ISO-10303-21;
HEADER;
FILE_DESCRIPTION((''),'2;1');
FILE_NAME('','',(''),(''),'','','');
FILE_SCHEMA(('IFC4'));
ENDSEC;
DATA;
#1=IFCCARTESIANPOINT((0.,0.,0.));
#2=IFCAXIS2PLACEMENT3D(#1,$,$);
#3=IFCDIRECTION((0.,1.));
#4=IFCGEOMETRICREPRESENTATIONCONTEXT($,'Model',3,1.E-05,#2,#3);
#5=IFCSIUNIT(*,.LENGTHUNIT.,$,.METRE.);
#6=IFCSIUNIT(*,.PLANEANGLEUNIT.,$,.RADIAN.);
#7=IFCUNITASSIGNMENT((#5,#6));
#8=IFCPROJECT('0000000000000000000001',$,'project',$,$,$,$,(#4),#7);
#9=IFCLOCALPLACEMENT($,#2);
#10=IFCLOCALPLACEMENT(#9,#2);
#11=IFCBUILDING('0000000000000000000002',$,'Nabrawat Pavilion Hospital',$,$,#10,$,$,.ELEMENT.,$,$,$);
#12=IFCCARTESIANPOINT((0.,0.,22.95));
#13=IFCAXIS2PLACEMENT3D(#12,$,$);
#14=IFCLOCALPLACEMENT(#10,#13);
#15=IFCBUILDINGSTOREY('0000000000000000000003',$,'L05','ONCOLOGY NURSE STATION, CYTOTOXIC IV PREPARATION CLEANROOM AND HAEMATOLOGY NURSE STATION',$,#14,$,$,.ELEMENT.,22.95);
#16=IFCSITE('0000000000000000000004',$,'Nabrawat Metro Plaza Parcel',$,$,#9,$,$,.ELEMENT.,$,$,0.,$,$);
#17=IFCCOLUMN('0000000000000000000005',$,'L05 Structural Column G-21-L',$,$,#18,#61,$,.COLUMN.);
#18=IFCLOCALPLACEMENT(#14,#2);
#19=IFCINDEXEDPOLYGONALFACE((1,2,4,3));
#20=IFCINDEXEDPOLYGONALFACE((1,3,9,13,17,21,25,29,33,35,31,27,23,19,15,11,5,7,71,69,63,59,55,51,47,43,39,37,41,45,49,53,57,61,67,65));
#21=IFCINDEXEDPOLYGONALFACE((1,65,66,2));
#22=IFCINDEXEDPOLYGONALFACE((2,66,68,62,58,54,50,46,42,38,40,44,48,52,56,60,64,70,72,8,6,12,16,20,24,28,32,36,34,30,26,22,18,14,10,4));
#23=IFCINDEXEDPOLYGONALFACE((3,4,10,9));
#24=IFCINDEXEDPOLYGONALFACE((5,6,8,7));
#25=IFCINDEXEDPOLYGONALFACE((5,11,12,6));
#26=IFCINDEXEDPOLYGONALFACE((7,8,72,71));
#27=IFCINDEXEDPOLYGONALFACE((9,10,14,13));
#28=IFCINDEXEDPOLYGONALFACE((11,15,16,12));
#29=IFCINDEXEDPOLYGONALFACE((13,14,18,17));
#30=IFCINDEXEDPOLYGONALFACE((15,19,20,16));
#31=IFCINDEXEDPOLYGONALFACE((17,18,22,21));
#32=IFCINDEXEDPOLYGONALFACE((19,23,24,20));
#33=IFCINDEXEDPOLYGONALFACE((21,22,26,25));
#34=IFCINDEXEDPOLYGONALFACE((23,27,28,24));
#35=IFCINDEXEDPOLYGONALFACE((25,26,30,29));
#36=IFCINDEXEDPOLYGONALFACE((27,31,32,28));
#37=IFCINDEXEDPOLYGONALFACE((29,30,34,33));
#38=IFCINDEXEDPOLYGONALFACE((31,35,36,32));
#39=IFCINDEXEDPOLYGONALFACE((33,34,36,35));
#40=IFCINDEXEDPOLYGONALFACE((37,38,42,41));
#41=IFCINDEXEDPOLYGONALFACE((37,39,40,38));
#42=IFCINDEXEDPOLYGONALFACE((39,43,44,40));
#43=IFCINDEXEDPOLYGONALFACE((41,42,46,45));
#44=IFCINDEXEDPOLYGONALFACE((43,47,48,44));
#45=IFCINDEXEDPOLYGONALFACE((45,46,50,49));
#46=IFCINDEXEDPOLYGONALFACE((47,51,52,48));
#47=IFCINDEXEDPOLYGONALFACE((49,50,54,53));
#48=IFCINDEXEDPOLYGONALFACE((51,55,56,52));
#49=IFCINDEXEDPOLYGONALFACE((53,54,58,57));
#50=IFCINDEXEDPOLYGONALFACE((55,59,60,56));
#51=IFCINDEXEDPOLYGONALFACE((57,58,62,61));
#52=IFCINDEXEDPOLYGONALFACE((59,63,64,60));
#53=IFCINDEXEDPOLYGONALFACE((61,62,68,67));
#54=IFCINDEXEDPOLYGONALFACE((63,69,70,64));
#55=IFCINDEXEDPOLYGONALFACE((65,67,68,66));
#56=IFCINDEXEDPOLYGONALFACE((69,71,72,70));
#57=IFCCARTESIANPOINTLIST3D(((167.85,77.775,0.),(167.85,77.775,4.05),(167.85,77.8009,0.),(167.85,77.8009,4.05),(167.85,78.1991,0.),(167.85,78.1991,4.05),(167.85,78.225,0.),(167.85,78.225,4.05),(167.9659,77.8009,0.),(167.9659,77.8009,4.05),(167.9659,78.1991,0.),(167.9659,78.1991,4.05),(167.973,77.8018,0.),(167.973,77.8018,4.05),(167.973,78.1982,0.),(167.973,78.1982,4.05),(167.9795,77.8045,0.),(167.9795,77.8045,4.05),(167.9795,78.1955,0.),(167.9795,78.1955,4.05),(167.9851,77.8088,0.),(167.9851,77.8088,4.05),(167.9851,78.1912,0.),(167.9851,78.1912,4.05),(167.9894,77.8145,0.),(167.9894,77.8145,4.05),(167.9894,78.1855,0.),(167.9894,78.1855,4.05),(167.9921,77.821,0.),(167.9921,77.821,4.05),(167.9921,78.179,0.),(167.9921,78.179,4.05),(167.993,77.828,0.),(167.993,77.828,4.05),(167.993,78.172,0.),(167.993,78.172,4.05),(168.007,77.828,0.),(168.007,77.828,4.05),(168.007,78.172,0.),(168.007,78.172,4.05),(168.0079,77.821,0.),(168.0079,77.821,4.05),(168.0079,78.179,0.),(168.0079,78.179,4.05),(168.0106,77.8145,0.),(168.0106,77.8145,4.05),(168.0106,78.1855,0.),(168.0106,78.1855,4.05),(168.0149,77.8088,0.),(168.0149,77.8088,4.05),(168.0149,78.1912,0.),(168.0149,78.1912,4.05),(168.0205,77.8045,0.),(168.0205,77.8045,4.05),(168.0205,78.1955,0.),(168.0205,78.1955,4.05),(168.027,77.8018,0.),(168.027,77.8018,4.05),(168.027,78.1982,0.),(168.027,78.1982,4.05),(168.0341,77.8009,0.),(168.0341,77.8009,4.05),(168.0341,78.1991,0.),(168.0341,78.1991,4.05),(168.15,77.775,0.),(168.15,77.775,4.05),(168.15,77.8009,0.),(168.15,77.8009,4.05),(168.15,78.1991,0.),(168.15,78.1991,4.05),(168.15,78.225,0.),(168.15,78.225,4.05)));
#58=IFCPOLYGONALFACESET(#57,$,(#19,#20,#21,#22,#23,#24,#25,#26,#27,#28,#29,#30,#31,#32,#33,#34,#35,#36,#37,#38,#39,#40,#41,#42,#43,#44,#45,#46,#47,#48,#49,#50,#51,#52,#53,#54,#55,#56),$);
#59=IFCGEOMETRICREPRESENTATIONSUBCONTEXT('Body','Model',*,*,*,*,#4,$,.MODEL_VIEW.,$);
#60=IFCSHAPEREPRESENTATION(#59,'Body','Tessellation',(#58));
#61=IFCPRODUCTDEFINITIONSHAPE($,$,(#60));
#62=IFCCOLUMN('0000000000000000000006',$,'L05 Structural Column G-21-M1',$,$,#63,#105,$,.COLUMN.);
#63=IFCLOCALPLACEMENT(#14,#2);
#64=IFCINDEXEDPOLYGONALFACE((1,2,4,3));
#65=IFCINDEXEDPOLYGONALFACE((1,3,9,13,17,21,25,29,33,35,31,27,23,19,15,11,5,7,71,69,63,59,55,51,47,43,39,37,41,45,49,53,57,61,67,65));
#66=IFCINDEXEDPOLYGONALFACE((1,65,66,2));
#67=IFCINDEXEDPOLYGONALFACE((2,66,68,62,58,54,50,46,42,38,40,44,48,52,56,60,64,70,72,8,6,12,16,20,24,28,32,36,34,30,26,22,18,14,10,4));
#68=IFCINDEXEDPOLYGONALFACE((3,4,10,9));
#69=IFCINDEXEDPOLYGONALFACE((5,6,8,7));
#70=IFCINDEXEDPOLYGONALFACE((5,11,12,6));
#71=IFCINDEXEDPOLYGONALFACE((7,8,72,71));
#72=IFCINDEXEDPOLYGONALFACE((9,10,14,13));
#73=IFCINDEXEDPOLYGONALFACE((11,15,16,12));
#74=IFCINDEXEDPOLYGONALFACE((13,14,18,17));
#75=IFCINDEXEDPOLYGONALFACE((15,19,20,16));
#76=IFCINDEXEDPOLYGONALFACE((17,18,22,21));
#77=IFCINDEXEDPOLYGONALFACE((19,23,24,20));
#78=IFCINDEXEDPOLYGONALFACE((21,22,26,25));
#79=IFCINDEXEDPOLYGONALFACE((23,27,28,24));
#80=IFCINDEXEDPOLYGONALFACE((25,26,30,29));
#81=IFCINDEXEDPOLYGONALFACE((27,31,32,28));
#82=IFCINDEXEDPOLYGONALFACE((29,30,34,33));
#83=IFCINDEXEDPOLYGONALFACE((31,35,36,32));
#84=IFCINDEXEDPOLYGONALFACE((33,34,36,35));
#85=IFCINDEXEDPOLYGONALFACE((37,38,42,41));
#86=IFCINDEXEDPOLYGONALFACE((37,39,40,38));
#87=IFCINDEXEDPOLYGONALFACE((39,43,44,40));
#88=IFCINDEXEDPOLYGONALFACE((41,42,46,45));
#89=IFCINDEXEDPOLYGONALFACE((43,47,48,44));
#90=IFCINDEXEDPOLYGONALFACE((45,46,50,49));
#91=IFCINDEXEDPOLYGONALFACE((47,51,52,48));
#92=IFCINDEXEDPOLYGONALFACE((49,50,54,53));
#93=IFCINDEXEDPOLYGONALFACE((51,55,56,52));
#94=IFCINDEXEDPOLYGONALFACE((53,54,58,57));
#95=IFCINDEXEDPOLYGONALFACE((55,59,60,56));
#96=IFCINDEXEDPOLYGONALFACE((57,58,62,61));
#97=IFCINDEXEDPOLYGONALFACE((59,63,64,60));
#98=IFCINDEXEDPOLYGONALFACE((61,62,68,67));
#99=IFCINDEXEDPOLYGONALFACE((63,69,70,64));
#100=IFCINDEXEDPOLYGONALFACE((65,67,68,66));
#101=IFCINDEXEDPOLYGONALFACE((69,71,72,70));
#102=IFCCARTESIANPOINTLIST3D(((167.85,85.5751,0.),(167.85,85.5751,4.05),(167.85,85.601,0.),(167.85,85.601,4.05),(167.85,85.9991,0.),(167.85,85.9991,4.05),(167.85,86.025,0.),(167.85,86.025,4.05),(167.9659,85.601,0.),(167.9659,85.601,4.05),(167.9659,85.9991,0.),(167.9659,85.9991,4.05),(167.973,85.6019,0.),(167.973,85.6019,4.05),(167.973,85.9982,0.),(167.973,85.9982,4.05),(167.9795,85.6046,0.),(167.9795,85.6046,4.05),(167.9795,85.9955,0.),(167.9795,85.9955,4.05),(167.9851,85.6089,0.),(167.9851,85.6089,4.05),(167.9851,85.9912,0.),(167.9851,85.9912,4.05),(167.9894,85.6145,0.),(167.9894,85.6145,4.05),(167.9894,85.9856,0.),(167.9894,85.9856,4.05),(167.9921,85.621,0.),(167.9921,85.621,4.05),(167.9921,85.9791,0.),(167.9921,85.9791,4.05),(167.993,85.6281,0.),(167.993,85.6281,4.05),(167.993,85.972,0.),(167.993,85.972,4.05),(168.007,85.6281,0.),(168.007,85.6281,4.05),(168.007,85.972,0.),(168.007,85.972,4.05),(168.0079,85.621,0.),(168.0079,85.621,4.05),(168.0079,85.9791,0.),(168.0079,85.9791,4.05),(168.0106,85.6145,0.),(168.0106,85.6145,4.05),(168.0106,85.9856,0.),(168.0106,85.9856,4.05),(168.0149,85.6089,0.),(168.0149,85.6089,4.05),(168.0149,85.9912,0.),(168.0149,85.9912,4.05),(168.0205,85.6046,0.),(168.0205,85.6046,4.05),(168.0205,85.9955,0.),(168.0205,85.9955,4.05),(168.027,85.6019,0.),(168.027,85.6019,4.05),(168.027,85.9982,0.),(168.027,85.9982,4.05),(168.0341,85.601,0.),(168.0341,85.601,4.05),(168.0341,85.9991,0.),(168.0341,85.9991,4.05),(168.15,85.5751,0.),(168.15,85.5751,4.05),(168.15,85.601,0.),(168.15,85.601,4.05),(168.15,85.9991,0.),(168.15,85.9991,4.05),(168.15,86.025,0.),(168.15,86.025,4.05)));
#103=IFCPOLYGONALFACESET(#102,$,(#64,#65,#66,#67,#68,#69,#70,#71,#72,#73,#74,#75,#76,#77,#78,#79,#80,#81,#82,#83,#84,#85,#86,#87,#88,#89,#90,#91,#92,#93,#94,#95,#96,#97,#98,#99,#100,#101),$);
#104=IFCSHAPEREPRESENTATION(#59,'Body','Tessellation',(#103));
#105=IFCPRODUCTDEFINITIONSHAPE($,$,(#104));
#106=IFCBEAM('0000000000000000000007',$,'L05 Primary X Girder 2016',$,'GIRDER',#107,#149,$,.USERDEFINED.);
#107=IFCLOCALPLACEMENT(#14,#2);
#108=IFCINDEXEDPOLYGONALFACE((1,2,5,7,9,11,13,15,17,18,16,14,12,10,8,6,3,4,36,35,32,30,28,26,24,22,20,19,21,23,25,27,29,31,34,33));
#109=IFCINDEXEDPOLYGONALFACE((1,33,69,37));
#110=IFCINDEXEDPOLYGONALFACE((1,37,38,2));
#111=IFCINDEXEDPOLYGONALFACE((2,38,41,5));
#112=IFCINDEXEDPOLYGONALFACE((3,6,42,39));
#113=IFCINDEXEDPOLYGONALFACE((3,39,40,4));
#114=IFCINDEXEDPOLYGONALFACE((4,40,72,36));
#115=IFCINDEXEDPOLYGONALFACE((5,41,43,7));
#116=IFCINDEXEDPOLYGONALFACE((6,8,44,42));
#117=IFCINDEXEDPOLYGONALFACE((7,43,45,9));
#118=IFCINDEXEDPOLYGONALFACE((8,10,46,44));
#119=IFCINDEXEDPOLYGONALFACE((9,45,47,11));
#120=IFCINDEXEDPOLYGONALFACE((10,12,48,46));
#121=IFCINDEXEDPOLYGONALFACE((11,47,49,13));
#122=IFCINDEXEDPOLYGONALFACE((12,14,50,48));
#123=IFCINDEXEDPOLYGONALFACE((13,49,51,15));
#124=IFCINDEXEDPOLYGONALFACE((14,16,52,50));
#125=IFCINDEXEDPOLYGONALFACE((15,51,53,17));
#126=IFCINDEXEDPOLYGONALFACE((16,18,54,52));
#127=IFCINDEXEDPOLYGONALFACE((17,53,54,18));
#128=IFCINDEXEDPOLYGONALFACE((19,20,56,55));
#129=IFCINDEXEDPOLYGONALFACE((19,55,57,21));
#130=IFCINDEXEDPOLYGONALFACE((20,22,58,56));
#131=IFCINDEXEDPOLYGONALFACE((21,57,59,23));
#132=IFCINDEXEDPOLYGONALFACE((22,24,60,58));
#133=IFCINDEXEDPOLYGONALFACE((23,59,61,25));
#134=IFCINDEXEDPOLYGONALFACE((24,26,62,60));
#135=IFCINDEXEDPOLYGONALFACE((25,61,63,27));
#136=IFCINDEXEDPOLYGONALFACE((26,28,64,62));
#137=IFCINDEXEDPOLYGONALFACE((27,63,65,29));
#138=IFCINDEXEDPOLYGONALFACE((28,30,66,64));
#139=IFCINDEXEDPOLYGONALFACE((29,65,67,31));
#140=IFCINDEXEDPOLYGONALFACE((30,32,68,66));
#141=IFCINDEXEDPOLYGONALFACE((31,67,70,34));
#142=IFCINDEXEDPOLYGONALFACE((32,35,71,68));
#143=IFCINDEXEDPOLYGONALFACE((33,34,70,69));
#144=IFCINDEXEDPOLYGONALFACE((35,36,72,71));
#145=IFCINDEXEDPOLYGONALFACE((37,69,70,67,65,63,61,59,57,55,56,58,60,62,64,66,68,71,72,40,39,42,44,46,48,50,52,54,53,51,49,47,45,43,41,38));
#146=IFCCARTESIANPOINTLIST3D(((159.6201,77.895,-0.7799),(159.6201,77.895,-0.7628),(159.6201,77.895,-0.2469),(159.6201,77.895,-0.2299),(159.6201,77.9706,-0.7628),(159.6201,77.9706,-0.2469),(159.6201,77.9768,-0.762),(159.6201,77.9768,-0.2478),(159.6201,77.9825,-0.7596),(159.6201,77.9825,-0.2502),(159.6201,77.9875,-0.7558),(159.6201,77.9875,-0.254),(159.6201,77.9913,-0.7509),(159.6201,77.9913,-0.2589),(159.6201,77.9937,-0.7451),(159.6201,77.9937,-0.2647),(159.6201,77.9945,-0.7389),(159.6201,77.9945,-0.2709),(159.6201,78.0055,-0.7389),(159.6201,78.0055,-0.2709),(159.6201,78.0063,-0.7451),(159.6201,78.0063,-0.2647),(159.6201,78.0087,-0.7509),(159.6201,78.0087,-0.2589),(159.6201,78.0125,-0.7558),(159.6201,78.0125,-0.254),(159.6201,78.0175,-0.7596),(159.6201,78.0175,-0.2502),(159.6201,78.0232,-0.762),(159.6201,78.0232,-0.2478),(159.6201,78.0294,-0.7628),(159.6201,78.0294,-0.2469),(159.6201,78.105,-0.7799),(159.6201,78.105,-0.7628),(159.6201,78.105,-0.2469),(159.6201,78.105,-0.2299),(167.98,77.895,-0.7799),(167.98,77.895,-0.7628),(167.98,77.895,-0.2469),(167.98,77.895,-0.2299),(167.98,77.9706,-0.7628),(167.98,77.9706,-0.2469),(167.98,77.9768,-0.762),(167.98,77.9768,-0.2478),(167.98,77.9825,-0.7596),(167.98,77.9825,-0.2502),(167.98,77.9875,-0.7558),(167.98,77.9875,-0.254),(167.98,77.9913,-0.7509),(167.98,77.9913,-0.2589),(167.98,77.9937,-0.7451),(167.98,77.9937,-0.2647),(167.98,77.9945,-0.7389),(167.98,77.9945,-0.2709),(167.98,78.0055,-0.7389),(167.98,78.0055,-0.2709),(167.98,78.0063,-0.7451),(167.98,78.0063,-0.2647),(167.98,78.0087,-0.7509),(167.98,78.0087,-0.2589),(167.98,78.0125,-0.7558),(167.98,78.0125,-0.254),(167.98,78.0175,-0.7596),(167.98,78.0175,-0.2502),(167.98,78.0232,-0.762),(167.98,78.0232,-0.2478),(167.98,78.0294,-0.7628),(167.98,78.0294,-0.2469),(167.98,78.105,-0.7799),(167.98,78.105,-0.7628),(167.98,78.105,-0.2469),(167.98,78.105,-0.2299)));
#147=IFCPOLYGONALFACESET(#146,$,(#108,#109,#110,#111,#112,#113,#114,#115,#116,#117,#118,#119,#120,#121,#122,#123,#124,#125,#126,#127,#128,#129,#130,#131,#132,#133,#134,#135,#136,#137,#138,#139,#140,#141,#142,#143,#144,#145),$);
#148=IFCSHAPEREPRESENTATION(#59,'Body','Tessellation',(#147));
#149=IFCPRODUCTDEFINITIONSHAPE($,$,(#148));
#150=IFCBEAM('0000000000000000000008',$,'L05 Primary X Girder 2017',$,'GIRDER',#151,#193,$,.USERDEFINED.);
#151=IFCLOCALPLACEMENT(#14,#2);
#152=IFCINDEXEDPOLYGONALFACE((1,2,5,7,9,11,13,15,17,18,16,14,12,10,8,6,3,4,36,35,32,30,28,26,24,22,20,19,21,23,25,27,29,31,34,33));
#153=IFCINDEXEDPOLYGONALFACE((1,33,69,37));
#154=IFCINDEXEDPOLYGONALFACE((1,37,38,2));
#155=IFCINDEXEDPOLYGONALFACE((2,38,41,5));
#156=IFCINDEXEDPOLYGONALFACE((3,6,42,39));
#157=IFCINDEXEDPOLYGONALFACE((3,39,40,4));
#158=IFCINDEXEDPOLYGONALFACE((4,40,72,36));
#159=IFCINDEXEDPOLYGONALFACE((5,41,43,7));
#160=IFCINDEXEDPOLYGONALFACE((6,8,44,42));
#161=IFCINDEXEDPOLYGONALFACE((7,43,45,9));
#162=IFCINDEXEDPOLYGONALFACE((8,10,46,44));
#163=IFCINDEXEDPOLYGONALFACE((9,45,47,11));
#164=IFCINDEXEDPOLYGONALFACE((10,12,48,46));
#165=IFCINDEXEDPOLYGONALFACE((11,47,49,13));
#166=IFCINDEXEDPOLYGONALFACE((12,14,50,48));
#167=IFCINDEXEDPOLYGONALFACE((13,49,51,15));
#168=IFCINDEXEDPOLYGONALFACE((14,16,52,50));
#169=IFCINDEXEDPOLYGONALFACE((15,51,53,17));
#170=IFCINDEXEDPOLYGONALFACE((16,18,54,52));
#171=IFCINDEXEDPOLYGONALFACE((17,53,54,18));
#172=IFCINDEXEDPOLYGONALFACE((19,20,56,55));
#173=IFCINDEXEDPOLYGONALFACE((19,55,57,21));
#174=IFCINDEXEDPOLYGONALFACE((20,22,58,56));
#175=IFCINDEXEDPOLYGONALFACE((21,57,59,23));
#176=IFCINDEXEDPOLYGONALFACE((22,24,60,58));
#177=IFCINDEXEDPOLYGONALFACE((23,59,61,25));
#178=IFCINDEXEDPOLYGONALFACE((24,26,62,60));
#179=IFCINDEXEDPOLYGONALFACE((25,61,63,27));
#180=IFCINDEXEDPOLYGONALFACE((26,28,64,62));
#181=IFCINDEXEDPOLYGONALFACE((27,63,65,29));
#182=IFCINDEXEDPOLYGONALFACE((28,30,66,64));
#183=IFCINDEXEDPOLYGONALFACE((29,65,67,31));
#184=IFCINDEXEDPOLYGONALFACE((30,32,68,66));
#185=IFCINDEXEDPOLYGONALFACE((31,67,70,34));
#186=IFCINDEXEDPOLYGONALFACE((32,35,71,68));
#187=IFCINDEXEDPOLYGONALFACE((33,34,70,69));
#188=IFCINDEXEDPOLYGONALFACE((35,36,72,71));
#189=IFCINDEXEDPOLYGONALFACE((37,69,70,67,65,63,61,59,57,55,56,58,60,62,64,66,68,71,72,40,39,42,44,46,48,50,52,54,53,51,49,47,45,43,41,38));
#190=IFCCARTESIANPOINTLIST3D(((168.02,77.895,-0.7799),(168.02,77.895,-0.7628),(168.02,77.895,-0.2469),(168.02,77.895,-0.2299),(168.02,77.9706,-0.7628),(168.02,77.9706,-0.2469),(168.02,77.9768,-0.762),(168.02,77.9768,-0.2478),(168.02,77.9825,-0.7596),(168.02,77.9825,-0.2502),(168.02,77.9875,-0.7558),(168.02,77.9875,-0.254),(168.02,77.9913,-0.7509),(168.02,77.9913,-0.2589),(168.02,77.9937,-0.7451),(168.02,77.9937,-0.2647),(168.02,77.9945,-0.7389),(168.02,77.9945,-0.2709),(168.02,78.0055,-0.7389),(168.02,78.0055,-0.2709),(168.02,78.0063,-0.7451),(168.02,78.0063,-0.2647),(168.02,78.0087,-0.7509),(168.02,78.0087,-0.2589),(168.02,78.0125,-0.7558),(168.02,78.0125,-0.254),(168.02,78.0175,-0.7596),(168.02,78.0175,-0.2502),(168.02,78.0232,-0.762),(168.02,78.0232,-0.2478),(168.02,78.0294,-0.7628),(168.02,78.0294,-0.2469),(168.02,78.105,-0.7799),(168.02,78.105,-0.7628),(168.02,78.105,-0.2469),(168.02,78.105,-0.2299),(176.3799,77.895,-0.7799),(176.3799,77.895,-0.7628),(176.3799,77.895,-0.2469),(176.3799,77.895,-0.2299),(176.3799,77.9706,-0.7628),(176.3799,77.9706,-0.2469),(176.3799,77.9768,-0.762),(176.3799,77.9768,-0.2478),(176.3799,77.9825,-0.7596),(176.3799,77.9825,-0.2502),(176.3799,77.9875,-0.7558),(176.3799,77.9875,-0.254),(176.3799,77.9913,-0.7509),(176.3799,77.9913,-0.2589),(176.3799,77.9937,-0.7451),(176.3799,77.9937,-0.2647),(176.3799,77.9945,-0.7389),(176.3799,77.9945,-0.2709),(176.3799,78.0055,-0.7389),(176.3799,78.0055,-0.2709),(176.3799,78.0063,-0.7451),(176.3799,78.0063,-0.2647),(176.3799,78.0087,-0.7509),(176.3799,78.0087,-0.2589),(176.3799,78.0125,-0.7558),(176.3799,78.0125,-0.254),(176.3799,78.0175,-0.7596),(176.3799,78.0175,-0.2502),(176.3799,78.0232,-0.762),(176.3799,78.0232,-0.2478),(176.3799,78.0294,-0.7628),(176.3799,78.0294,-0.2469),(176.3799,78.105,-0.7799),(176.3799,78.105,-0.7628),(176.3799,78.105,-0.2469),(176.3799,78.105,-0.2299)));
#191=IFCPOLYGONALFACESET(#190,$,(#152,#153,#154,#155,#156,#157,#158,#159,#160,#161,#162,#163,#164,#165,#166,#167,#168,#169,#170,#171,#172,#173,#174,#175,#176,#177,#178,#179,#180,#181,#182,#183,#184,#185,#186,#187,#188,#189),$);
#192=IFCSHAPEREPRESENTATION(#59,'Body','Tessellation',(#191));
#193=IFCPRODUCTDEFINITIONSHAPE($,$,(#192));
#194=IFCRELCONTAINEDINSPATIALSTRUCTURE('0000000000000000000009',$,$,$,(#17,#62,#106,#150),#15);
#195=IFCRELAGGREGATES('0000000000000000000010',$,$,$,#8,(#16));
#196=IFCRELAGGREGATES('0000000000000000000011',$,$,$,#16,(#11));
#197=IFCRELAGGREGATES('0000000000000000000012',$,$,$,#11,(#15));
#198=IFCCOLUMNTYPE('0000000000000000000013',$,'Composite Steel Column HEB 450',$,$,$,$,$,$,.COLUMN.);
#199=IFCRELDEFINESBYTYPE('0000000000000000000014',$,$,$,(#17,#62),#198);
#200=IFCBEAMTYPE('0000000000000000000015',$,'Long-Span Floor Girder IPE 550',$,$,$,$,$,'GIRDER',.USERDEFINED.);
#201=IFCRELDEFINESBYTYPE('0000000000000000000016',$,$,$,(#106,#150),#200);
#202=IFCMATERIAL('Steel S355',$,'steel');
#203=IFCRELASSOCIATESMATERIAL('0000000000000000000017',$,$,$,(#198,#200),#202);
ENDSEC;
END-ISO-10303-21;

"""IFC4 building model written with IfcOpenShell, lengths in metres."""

from ifc_helpers import new_model, si_unit, direction, frame, origin, origin_2d, place, context, subcontext, project, spatial, i_section, extrude, material, material_profile, profile_set, type_object, element, save


model = new_model("IFC4")

# Units and contexts
model_context = context("Model", 3, precision=1e-05, world=origin(), true_north=direction((0.0, 1.0)))
body_context = subcontext(model_context, "Body", "Model", "MODEL_VIEW")
ifc_project = project(units=[si_unit("LENGTHUNIT", "METRE"), si_unit("PLANEANGLEUNIT", "RADIAN")], contexts=[model_context])

# Site, building, storey
site_placement = place(None, origin())
site = spatial("IfcSite", under=ifc_project, at=site_placement, Name="Nabrawat Metro Plaza Parcel", CompositionType="ELEMENT", RefElevation=0.0)
building_placement = place(site_placement, origin())
building = spatial("IfcBuilding", under=site, at=building_placement, Name="Nabrawat Pavilion Hospital", CompositionType="ELEMENT")
storey_placement = place(building_placement, frame((0.0, 0.0, 22.95)))
storey = spatial("IfcBuildingStorey", under=building, at=storey_placement, Name="L05", Description="ONCOLOGY NURSE STATION, CYTOTOXIC IV PREPARATION CLEANROOM AND HAEMATOLOGY NURSE STATION", CompositionType="ELEMENT", Elevation=22.95)

# Columns
ifc_material_1 = material(Name="Steel S355", Category="steel")
ifc_material_profile_1 = material_profile(ifc_material_1, i_section(OverallWidth=0.3, OverallDepth=0.45, WebThickness=0.0139, FlangeThickness=0.0259, FilletRadius=0.0271, at=origin_2d()), Name="HEB 450")
ifc_profile_set_1 = profile_set([ifc_material_profile_1], Name="Steel S355")
column_type = type_object("IfcColumnType", Name="Composite Steel Column HEB 450", PredefinedType="COLUMN", material=ifc_profile_set_1)
for number, where, z_axis, x_axis, name in (
    (1, (168.0, 78.0, 0.0), (0.0, 0.0, 1.0), (1.0, 0.0, 0.0), "L05 Structural Column G-21-L"),
    (2, (168.0, 85.8, 0.0), (0.0, 0.0, 1.0), (1.0, 0.0, 0.0), "L05 Structural Column G-21-M1"),
):
    element("IfcColumn", number, at=place(storey_placement, frame(where, z_axis=z_axis, x_axis=x_axis)), inside=storey, type_object=column_type, Name=name, PredefinedType="COLUMN", context=body_context, shape_type="SweptSolid", body=[
        extrude(i_section(OverallWidth=0.3, OverallDepth=0.45, WebThickness=0.0139, FlangeThickness=0.0259, FilletRadius=0.0271, at=origin_2d()), origin(), (0.0, 0.0, 1.0), 4.05),
    ])

# Beams
ifc_material_profile_2 = material_profile(ifc_material_1, i_section(OverallWidth=0.21, OverallDepth=0.55, WebThickness=0.011, FlangeThickness=0.0171, FilletRadius=0.0239, at=origin_2d()), Name="IPE 550")
ifc_profile_set_2 = profile_set([ifc_material_profile_2], Name="Steel S355")
beam_type_1 = type_object("IfcBeamType", Name="Long-Span Floor Girder IPE 550", ElementType="GIRDER", PredefinedType="USERDEFINED", material=ifc_profile_set_2)
for number, where, z_axis, x_axis, name in (
    (3, (159.6201, 78.0, -0.5049), (1.0, 0.0, 0.0), (0.0, 1.0, 0.0), "L05 Primary X Girder 2016"),
    (4, (168.02, 78.0, -0.5049), (1.0, 0.0, 0.0), (0.0, 1.0, 0.0), "L05 Primary X Girder 2017"),
):
    element("IfcBeam", number, at=place(storey_placement, frame(where, z_axis=z_axis, x_axis=x_axis)), inside=storey, type_object=beam_type_1, Name=name, ObjectType="GIRDER", PredefinedType="USERDEFINED", context=body_context, shape_type="SweptSolid", body=[
        extrude(i_section(OverallWidth=0.21, OverallDepth=0.55, WebThickness=0.011, FlangeThickness=0.0171, FilletRadius=0.0239, at=origin_2d()), origin(), (0.0, 0.0, 1.0), 8.3599),
    ])

save(model, "model.ifc")
